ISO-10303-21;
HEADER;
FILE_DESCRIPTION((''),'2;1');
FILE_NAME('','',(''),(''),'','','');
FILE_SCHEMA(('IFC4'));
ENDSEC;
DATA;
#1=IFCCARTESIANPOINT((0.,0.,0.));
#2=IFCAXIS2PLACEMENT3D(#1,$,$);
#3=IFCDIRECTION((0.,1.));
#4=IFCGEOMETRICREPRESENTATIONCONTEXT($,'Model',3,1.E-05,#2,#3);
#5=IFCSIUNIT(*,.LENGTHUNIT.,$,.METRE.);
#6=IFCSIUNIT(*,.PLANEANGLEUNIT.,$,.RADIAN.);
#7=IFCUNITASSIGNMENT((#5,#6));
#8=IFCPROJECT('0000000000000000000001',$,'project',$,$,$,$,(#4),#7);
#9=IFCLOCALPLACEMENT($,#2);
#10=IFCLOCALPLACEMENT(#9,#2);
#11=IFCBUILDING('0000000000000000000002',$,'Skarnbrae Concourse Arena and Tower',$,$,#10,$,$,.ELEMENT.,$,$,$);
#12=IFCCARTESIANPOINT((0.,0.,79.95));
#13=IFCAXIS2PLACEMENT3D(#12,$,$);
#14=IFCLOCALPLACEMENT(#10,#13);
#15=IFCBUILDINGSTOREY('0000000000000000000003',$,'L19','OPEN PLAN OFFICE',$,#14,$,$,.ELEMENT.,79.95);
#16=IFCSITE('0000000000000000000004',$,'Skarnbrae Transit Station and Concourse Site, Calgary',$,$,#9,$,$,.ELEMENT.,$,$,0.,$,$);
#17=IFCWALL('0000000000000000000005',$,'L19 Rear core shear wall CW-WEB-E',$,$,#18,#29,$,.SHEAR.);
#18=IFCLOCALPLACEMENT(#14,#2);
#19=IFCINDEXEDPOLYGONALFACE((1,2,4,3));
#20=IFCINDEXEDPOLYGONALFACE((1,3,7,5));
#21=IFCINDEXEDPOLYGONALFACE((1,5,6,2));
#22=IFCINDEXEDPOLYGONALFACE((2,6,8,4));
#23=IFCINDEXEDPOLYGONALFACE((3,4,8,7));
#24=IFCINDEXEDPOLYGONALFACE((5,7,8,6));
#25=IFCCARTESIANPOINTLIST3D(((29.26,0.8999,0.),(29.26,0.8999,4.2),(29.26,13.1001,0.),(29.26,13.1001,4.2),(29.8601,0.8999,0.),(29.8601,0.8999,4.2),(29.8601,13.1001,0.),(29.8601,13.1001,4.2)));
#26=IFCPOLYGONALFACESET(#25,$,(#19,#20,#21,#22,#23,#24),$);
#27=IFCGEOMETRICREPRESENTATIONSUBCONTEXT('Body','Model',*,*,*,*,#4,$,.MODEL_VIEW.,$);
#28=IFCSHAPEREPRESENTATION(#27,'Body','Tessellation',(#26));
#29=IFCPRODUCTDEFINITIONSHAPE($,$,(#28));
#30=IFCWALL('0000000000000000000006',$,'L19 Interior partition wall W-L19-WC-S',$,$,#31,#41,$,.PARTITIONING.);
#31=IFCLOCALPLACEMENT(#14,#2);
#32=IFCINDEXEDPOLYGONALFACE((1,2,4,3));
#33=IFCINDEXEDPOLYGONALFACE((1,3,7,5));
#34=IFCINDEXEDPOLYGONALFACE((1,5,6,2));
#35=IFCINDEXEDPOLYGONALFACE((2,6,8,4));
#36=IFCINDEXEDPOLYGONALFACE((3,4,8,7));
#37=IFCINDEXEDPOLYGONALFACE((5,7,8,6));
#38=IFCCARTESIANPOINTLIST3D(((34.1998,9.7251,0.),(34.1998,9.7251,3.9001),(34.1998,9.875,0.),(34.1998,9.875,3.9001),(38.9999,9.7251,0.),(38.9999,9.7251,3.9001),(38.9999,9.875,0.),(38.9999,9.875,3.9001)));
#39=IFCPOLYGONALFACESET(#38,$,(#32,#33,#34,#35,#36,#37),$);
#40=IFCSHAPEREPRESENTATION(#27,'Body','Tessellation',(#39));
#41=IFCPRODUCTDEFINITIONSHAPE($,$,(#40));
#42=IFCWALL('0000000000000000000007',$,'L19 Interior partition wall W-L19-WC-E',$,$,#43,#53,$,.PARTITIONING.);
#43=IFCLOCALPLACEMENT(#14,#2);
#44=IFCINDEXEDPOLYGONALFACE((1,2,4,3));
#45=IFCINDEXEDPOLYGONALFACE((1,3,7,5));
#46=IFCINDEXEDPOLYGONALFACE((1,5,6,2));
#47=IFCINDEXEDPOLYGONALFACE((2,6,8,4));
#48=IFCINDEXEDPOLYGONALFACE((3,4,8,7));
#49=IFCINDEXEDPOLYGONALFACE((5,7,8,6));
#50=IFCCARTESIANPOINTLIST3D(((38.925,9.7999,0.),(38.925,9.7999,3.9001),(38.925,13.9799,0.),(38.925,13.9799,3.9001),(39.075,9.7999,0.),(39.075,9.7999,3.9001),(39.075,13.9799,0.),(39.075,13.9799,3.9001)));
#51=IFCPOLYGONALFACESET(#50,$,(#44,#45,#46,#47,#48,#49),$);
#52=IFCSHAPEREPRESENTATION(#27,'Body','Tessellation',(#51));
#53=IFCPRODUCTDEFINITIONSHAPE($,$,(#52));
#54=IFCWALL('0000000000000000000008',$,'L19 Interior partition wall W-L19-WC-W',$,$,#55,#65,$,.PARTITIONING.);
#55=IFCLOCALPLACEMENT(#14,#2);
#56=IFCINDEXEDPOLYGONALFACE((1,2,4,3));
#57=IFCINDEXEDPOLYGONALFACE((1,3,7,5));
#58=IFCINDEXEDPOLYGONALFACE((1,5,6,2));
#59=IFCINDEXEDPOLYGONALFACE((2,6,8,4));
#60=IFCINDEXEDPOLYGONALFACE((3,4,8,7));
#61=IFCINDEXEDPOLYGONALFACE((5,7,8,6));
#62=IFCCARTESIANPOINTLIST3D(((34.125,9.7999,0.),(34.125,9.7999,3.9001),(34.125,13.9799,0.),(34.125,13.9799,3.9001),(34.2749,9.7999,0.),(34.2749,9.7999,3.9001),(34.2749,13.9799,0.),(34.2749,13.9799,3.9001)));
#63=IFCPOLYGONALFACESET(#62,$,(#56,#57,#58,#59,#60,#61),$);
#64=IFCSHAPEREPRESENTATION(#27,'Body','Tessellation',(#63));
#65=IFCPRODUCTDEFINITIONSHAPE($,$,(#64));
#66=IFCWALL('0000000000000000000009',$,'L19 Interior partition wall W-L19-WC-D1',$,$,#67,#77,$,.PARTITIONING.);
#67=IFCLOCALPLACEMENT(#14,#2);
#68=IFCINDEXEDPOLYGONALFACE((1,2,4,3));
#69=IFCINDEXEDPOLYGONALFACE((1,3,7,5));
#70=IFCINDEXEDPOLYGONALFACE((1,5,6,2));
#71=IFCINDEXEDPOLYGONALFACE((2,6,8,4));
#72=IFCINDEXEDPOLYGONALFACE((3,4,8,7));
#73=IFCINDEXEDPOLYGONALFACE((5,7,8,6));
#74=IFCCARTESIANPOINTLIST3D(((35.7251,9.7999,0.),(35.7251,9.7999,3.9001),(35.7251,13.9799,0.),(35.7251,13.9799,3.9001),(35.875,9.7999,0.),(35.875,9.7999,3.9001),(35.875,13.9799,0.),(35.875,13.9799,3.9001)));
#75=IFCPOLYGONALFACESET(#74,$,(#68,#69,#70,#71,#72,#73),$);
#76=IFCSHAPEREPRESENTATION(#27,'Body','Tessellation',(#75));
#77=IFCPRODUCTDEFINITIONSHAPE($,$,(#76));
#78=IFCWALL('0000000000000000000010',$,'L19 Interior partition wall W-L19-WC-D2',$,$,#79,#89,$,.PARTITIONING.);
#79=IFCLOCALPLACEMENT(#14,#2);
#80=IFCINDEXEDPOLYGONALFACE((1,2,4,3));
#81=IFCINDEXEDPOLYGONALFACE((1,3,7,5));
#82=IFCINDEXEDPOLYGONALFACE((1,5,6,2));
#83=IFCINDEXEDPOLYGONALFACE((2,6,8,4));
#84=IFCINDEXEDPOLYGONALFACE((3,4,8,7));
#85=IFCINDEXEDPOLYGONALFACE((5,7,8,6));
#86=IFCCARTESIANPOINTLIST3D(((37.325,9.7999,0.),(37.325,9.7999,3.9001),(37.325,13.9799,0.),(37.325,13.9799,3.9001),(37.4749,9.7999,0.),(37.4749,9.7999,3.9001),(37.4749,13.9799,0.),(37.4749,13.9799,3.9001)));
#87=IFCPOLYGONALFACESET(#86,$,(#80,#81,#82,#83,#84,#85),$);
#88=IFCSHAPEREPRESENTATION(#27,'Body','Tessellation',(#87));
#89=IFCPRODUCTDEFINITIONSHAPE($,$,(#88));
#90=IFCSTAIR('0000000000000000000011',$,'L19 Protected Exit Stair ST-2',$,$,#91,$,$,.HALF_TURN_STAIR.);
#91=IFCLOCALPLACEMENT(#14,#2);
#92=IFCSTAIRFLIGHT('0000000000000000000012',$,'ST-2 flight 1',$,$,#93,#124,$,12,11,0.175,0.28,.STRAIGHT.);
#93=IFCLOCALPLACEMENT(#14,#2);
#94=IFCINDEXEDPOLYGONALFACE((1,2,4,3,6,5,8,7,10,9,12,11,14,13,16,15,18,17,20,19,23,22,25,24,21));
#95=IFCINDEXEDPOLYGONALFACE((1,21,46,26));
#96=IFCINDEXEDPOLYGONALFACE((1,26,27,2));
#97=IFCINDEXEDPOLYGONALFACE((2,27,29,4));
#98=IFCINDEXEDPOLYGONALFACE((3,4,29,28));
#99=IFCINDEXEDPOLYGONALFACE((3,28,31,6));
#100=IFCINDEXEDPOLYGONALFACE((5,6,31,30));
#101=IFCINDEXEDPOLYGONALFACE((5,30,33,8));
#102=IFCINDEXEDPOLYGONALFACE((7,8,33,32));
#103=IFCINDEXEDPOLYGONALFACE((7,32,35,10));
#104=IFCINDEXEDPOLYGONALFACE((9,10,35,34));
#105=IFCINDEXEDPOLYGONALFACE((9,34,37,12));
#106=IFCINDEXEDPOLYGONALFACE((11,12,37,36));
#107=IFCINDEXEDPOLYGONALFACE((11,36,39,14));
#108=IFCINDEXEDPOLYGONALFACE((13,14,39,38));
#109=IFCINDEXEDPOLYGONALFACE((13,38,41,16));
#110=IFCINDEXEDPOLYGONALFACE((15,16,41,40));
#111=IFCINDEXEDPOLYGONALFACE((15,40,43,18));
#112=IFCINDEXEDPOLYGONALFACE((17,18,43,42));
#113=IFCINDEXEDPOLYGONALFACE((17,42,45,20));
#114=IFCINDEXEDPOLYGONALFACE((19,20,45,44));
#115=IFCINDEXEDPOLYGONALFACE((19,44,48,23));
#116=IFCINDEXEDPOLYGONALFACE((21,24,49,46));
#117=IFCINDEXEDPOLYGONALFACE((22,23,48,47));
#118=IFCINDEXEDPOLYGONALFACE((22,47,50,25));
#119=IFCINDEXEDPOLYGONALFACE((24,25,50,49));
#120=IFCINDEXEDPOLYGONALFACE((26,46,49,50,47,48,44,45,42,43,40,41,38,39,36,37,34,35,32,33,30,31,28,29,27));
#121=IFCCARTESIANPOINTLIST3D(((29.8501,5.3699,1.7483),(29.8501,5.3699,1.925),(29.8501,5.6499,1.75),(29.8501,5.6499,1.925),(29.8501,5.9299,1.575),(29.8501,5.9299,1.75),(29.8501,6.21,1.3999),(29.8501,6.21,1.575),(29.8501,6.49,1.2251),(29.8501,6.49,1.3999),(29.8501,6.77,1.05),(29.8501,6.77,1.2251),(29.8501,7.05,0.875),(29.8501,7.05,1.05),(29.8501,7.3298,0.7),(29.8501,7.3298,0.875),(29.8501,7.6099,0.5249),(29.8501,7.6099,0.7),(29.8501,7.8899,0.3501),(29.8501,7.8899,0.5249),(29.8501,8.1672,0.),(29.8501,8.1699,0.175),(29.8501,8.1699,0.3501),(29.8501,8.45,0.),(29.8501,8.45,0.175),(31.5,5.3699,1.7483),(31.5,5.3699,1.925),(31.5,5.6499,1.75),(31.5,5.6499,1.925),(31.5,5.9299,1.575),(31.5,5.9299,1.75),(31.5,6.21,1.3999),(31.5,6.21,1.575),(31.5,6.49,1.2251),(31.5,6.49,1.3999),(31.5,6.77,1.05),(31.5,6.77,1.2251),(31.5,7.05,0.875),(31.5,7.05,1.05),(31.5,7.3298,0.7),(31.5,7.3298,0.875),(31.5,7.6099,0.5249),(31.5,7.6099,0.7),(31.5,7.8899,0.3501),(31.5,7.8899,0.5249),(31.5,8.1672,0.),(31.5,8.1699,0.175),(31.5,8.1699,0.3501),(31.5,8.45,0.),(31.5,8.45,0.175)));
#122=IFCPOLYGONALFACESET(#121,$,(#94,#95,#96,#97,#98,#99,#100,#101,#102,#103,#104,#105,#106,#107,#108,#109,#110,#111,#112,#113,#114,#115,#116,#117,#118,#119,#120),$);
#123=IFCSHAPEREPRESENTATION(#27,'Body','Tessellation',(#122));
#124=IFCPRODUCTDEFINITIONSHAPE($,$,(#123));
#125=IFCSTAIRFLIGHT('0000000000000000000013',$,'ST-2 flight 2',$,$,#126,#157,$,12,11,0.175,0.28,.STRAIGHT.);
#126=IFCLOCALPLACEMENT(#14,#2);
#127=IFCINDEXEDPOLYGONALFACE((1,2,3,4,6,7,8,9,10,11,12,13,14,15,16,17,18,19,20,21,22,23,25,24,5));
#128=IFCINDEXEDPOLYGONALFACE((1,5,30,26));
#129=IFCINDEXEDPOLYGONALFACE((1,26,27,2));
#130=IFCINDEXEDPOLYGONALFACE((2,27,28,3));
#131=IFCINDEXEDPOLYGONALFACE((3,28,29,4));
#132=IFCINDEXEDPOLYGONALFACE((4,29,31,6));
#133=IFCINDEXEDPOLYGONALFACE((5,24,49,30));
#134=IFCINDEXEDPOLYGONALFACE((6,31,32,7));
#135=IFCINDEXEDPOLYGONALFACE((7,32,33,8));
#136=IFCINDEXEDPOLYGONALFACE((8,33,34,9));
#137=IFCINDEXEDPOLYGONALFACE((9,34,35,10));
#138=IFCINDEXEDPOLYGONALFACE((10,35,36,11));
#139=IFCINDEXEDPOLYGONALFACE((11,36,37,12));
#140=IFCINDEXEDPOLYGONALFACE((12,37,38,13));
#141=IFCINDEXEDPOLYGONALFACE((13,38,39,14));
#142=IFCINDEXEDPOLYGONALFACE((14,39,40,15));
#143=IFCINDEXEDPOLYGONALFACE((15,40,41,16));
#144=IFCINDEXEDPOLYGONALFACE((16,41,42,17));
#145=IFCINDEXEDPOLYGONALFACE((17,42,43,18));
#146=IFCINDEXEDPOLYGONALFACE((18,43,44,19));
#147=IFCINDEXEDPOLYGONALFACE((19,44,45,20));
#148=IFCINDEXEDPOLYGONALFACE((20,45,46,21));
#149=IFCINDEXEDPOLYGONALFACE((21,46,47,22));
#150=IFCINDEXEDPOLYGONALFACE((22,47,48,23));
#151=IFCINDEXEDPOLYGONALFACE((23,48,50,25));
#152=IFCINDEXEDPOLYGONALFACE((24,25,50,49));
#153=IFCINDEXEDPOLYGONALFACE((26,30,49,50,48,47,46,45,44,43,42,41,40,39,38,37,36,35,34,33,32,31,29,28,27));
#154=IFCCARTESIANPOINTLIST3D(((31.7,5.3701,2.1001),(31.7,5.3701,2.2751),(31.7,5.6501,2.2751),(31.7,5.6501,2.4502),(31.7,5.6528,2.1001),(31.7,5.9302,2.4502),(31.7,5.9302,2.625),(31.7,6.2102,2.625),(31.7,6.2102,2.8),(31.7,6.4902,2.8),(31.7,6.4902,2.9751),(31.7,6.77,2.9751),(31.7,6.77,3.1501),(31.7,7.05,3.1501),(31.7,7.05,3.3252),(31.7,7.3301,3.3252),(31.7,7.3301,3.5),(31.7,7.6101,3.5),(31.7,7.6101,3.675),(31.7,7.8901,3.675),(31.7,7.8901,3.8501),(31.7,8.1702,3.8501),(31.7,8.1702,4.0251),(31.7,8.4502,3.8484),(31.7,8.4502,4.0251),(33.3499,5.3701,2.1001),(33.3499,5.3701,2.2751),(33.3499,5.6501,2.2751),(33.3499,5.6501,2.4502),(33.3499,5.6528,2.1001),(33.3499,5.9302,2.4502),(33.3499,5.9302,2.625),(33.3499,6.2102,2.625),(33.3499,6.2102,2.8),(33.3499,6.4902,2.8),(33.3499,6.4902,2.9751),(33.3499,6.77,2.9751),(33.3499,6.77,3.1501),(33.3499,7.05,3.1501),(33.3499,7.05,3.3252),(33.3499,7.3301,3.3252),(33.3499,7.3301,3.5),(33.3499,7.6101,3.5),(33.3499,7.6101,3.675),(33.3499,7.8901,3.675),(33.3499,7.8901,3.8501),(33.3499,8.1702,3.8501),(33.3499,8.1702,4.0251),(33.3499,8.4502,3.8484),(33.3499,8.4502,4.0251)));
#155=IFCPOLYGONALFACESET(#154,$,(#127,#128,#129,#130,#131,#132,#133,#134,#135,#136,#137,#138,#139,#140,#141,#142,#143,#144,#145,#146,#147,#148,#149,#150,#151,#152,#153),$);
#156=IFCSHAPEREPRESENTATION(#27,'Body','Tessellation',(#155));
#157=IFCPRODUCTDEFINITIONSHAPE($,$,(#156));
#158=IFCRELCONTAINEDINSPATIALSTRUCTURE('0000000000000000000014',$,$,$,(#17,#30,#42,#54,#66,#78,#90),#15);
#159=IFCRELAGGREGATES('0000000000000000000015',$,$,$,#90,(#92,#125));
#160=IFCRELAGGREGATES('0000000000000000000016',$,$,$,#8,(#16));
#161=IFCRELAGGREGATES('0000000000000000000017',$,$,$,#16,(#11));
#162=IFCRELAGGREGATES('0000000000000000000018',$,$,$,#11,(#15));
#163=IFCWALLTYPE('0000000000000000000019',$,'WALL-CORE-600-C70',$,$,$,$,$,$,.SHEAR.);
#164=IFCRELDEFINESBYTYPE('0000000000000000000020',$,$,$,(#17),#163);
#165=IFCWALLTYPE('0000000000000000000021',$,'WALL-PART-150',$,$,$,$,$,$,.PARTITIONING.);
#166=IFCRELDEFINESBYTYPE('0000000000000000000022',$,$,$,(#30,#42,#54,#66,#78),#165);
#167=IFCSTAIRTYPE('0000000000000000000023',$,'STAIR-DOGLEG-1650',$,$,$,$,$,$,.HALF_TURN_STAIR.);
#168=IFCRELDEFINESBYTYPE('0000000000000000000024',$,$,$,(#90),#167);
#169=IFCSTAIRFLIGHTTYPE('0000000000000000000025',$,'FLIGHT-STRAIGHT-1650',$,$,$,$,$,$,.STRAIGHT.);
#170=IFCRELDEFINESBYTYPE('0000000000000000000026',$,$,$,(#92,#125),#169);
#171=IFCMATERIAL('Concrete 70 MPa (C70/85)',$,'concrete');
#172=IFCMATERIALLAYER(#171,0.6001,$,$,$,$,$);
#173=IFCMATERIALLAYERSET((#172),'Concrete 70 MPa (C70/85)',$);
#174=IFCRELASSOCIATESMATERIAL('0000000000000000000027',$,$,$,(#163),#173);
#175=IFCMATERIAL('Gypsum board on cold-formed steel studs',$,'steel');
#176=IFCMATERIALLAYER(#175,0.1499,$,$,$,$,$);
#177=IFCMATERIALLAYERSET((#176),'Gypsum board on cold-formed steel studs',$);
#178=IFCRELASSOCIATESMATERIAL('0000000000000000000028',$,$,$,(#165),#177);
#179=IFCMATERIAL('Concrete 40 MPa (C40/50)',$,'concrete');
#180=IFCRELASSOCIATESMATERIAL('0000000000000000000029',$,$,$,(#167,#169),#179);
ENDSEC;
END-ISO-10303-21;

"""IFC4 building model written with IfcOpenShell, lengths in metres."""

from ifc_helpers import new_model, si_unit, direction, frame, frame_2d, origin, place, context, subcontext, project, spatial, polyline, rectangle, outline, extrude, source, transform, mapped, material, layer, layer_set, type_object, element, aggregate, save


model = new_model("IFC4")

# Units and contexts
model_context = context("Model", 3, precision=1e-05, world=origin(), true_north=direction((0.0, 1.0)))
body_context = subcontext(model_context, "Body", "Model", "MODEL_VIEW")
ifc_project = project(units=[si_unit("LENGTHUNIT", "METRE"), si_unit("PLANEANGLEUNIT", "RADIAN")], contexts=[model_context])

# Site, building, storey
site_placement = place(None, origin())
site = spatial("IfcSite", under=ifc_project, at=site_placement, Name="Skarnbrae Transit Station and Concourse Site, Calgary", CompositionType="ELEMENT", RefElevation=0.0)
building_placement = place(site_placement, origin())
building = spatial("IfcBuilding", under=site, at=building_placement, Name="Skarnbrae Concourse Arena and Tower", CompositionType="ELEMENT")
storey_placement = place(building_placement, frame((0.0, 0.0, 79.95)))
storey = spatial("IfcBuildingStorey", under=building, at=storey_placement, Name="L19", Description="OPEN PLAN OFFICE", CompositionType="ELEMENT", Elevation=79.95)

# Wall
ifc_material_1 = material(Name="Concrete 70 MPa (C70/85)", Category="concrete")
ifc_layer_1 = layer(ifc_material_1, 0.6001)
ifc_layer_set_1 = layer_set([ifc_layer_1], Name="Concrete 70 MPa (C70/85)")
wall_type_1 = type_object("IfcWallType", Name="WALL-CORE-600-C70", PredefinedType="SHEAR", material=ifc_layer_set_1)
shared_shape_1 = source(origin(), body_context, "Body", "SweptSolid", [
    extrude(rectangle(XDim=12.2002, YDim=0.6001, at=frame_2d((6.1001, 0.0))), origin(), (0.0, 0.0, 1.0), 4.2),
])
wall_1_placement = place(storey_placement, frame((29.5601, 0.8999, 0.0), z_axis=(0.0, 0.0, 1.0), x_axis=(0.0, 1.0, 0.0)))
element("IfcWall", 1, at=wall_1_placement, inside=storey, type_object=wall_type_1, Name="L19 Rear core shear wall CW-WEB-E", PredefinedType="SHEAR", context=body_context, shape_type="MappedRepresentation", body=[
    mapped(shared_shape_1, transform((0.0, 0.0, 0.0))),
])

# Walls
ifc_material_2 = material(Name="Gypsum board on cold-formed steel studs", Category="steel")
ifc_layer_2 = layer(ifc_material_2, 0.1499)
ifc_layer_set_2 = layer_set([ifc_layer_2], Name="Gypsum board on cold-formed steel studs")
wall_type_2 = type_object("IfcWallType", Name="WALL-PART-150", PredefinedType="PARTITIONING", material=ifc_layer_set_2)
shared_shape_2 = source(origin(), body_context, "Body", "SweptSolid", [
    extrude(rectangle(XDim=4.8, YDim=0.1499, at=frame_2d((2.3999, 0.0))), origin(), (0.0, 0.0, 1.0), 3.9001),
])
wall_2_placement = place(storey_placement, frame((34.2, 9.8, 0.0), z_axis=(0.0, 0.0, 1.0), x_axis=(1.0, 0.0, 0.0)))
element("IfcWall", 2, at=wall_2_placement, inside=storey, type_object=wall_type_2, Name="L19 Interior partition wall W-L19-WC-S", PredefinedType="PARTITIONING", context=body_context, shape_type="MappedRepresentation", body=[
    mapped(shared_shape_2, transform((0.0, 0.0, 0.0))),
])
shared_shape_3 = source(origin(), body_context, "Body", "SweptSolid", [
    extrude(rectangle(XDim=4.1799, YDim=0.1499, at=frame_2d((2.0898, 0.0))), origin(), (0.0, 0.0, 1.0), 3.9001),
])
for number, where, z_axis, x_axis, name in (
    (3, (39.0, 9.8, 0.0), (0.0, 0.0, 1.0), (0.0, 1.0, 0.0), "L19 Interior partition wall W-L19-WC-E"),
    (4, (34.2, 9.8, 0.0), (0.0, 0.0, 1.0), (0.0, 1.0, 0.0), "L19 Interior partition wall W-L19-WC-W"),
    (5, (35.8, 9.8, 0.0), (0.0, 0.0, 1.0), (0.0, 1.0, 0.0), "L19 Interior partition wall W-L19-WC-D1"),
    (6, (37.3999, 9.8, 0.0), (0.0, 0.0, 1.0), (0.0, 1.0, 0.0), "L19 Interior partition wall W-L19-WC-D2"),
):
    element("IfcWall", number, at=place(storey_placement, frame(where, z_axis=z_axis, x_axis=x_axis)), inside=storey, type_object=wall_type_2, Name=name, PredefinedType="PARTITIONING", context=body_context, shape_type="MappedRepresentation", body=[
        mapped(shared_shape_3, transform((0.0, 0.0, 0.0))),
    ])

# Stair, stair flights
ifc_material_3 = material(Name="Concrete 40 MPa (C40/50)", Category="concrete")
stair_type = type_object("IfcStairType", Name="STAIR-DOGLEG-1650", PredefinedType="HALF_TURN_STAIR", material=ifc_material_3)
stair_placement = place(storey_placement, origin())
stair = element("IfcStair", 7, at=stair_placement, inside=storey, type_object=stair_type, Name="L19 Protected Exit Stair ST-2", PredefinedType="HALF_TURN_STAIR")
stair_flight_type = type_object("IfcStairFlightType", Name="FLIGHT-STRAIGHT-1650", PredefinedType="STRAIGHT", material=ifc_material_3)
shared_shape_4 = source(origin(), body_context, "Body", "SweptSolid", [
    extrude(outline(polyline([(0.0, 0.0), (0.0, 0.175), (0.28, 0.175), (0.28, 0.3501), (0.5601, 0.3501), (0.5601, 0.5249), (0.8401, 0.5249), (0.8401, 0.7), (1.1201, 0.7), (1.1201, 0.875), (1.3999, 0.875), (1.3999, 1.05), (1.6799, 1.05), (1.6799, 1.2251), (1.96, 1.2251), (1.96, 1.3999), (2.24, 1.3999), (2.24, 1.575), (2.52, 1.575), (2.52, 1.75), (2.8, 1.75), (2.8, 1.925), (3.0801, 1.925), (3.0801, 2.1001), (3.0801, 1.7483), (0.2827, 0.0), (0.0, 0.0)])), frame((0.0, 0.825, 0.0), z_axis=(0.0, -1.0, 0.0), x_axis=(1.0, 0.0, 0.0)), (0.0, 0.0, 1.0), 1.6499),
])
stair_flight_1_placement = place(storey_placement, frame((30.675, 8.45, 0.0), z_axis=(0.0, 0.0, 1.0), x_axis=(0.0, -1.0, 0.0)))
stair_flight_1 = element("IfcStairFlight", 8, at=stair_flight_1_placement, type_object=stair_flight_type, Name="ST-2 flight 1", NumberOfRisers=12, NumberOfTreads=11, PredefinedType="STRAIGHT", RiserHeight=0.175, TreadLength=0.28, context=body_context, shape_type="MappedRepresentation", body=[
    mapped(shared_shape_4, transform((0.0, 0.0, 0.0))),
])
stair_flight_2_placement = place(storey_placement, frame((32.5249, 5.3701, 2.1001), z_axis=(0.0, 0.0, 1.0), x_axis=(0.0, 1.0, 0.0)))
stair_flight_2 = element("IfcStairFlight", 9, at=stair_flight_2_placement, type_object=stair_flight_type, Name="ST-2 flight 2", NumberOfRisers=12, NumberOfTreads=11, PredefinedType="STRAIGHT", RiserHeight=0.175, TreadLength=0.28, context=body_context, shape_type="MappedRepresentation", body=[
    mapped(shared_shape_4, transform((0.0, 0.0, 0.0))),
])
aggregate(stair, [stair_flight_1, stair_flight_2])

save(model, "model.ifc")
